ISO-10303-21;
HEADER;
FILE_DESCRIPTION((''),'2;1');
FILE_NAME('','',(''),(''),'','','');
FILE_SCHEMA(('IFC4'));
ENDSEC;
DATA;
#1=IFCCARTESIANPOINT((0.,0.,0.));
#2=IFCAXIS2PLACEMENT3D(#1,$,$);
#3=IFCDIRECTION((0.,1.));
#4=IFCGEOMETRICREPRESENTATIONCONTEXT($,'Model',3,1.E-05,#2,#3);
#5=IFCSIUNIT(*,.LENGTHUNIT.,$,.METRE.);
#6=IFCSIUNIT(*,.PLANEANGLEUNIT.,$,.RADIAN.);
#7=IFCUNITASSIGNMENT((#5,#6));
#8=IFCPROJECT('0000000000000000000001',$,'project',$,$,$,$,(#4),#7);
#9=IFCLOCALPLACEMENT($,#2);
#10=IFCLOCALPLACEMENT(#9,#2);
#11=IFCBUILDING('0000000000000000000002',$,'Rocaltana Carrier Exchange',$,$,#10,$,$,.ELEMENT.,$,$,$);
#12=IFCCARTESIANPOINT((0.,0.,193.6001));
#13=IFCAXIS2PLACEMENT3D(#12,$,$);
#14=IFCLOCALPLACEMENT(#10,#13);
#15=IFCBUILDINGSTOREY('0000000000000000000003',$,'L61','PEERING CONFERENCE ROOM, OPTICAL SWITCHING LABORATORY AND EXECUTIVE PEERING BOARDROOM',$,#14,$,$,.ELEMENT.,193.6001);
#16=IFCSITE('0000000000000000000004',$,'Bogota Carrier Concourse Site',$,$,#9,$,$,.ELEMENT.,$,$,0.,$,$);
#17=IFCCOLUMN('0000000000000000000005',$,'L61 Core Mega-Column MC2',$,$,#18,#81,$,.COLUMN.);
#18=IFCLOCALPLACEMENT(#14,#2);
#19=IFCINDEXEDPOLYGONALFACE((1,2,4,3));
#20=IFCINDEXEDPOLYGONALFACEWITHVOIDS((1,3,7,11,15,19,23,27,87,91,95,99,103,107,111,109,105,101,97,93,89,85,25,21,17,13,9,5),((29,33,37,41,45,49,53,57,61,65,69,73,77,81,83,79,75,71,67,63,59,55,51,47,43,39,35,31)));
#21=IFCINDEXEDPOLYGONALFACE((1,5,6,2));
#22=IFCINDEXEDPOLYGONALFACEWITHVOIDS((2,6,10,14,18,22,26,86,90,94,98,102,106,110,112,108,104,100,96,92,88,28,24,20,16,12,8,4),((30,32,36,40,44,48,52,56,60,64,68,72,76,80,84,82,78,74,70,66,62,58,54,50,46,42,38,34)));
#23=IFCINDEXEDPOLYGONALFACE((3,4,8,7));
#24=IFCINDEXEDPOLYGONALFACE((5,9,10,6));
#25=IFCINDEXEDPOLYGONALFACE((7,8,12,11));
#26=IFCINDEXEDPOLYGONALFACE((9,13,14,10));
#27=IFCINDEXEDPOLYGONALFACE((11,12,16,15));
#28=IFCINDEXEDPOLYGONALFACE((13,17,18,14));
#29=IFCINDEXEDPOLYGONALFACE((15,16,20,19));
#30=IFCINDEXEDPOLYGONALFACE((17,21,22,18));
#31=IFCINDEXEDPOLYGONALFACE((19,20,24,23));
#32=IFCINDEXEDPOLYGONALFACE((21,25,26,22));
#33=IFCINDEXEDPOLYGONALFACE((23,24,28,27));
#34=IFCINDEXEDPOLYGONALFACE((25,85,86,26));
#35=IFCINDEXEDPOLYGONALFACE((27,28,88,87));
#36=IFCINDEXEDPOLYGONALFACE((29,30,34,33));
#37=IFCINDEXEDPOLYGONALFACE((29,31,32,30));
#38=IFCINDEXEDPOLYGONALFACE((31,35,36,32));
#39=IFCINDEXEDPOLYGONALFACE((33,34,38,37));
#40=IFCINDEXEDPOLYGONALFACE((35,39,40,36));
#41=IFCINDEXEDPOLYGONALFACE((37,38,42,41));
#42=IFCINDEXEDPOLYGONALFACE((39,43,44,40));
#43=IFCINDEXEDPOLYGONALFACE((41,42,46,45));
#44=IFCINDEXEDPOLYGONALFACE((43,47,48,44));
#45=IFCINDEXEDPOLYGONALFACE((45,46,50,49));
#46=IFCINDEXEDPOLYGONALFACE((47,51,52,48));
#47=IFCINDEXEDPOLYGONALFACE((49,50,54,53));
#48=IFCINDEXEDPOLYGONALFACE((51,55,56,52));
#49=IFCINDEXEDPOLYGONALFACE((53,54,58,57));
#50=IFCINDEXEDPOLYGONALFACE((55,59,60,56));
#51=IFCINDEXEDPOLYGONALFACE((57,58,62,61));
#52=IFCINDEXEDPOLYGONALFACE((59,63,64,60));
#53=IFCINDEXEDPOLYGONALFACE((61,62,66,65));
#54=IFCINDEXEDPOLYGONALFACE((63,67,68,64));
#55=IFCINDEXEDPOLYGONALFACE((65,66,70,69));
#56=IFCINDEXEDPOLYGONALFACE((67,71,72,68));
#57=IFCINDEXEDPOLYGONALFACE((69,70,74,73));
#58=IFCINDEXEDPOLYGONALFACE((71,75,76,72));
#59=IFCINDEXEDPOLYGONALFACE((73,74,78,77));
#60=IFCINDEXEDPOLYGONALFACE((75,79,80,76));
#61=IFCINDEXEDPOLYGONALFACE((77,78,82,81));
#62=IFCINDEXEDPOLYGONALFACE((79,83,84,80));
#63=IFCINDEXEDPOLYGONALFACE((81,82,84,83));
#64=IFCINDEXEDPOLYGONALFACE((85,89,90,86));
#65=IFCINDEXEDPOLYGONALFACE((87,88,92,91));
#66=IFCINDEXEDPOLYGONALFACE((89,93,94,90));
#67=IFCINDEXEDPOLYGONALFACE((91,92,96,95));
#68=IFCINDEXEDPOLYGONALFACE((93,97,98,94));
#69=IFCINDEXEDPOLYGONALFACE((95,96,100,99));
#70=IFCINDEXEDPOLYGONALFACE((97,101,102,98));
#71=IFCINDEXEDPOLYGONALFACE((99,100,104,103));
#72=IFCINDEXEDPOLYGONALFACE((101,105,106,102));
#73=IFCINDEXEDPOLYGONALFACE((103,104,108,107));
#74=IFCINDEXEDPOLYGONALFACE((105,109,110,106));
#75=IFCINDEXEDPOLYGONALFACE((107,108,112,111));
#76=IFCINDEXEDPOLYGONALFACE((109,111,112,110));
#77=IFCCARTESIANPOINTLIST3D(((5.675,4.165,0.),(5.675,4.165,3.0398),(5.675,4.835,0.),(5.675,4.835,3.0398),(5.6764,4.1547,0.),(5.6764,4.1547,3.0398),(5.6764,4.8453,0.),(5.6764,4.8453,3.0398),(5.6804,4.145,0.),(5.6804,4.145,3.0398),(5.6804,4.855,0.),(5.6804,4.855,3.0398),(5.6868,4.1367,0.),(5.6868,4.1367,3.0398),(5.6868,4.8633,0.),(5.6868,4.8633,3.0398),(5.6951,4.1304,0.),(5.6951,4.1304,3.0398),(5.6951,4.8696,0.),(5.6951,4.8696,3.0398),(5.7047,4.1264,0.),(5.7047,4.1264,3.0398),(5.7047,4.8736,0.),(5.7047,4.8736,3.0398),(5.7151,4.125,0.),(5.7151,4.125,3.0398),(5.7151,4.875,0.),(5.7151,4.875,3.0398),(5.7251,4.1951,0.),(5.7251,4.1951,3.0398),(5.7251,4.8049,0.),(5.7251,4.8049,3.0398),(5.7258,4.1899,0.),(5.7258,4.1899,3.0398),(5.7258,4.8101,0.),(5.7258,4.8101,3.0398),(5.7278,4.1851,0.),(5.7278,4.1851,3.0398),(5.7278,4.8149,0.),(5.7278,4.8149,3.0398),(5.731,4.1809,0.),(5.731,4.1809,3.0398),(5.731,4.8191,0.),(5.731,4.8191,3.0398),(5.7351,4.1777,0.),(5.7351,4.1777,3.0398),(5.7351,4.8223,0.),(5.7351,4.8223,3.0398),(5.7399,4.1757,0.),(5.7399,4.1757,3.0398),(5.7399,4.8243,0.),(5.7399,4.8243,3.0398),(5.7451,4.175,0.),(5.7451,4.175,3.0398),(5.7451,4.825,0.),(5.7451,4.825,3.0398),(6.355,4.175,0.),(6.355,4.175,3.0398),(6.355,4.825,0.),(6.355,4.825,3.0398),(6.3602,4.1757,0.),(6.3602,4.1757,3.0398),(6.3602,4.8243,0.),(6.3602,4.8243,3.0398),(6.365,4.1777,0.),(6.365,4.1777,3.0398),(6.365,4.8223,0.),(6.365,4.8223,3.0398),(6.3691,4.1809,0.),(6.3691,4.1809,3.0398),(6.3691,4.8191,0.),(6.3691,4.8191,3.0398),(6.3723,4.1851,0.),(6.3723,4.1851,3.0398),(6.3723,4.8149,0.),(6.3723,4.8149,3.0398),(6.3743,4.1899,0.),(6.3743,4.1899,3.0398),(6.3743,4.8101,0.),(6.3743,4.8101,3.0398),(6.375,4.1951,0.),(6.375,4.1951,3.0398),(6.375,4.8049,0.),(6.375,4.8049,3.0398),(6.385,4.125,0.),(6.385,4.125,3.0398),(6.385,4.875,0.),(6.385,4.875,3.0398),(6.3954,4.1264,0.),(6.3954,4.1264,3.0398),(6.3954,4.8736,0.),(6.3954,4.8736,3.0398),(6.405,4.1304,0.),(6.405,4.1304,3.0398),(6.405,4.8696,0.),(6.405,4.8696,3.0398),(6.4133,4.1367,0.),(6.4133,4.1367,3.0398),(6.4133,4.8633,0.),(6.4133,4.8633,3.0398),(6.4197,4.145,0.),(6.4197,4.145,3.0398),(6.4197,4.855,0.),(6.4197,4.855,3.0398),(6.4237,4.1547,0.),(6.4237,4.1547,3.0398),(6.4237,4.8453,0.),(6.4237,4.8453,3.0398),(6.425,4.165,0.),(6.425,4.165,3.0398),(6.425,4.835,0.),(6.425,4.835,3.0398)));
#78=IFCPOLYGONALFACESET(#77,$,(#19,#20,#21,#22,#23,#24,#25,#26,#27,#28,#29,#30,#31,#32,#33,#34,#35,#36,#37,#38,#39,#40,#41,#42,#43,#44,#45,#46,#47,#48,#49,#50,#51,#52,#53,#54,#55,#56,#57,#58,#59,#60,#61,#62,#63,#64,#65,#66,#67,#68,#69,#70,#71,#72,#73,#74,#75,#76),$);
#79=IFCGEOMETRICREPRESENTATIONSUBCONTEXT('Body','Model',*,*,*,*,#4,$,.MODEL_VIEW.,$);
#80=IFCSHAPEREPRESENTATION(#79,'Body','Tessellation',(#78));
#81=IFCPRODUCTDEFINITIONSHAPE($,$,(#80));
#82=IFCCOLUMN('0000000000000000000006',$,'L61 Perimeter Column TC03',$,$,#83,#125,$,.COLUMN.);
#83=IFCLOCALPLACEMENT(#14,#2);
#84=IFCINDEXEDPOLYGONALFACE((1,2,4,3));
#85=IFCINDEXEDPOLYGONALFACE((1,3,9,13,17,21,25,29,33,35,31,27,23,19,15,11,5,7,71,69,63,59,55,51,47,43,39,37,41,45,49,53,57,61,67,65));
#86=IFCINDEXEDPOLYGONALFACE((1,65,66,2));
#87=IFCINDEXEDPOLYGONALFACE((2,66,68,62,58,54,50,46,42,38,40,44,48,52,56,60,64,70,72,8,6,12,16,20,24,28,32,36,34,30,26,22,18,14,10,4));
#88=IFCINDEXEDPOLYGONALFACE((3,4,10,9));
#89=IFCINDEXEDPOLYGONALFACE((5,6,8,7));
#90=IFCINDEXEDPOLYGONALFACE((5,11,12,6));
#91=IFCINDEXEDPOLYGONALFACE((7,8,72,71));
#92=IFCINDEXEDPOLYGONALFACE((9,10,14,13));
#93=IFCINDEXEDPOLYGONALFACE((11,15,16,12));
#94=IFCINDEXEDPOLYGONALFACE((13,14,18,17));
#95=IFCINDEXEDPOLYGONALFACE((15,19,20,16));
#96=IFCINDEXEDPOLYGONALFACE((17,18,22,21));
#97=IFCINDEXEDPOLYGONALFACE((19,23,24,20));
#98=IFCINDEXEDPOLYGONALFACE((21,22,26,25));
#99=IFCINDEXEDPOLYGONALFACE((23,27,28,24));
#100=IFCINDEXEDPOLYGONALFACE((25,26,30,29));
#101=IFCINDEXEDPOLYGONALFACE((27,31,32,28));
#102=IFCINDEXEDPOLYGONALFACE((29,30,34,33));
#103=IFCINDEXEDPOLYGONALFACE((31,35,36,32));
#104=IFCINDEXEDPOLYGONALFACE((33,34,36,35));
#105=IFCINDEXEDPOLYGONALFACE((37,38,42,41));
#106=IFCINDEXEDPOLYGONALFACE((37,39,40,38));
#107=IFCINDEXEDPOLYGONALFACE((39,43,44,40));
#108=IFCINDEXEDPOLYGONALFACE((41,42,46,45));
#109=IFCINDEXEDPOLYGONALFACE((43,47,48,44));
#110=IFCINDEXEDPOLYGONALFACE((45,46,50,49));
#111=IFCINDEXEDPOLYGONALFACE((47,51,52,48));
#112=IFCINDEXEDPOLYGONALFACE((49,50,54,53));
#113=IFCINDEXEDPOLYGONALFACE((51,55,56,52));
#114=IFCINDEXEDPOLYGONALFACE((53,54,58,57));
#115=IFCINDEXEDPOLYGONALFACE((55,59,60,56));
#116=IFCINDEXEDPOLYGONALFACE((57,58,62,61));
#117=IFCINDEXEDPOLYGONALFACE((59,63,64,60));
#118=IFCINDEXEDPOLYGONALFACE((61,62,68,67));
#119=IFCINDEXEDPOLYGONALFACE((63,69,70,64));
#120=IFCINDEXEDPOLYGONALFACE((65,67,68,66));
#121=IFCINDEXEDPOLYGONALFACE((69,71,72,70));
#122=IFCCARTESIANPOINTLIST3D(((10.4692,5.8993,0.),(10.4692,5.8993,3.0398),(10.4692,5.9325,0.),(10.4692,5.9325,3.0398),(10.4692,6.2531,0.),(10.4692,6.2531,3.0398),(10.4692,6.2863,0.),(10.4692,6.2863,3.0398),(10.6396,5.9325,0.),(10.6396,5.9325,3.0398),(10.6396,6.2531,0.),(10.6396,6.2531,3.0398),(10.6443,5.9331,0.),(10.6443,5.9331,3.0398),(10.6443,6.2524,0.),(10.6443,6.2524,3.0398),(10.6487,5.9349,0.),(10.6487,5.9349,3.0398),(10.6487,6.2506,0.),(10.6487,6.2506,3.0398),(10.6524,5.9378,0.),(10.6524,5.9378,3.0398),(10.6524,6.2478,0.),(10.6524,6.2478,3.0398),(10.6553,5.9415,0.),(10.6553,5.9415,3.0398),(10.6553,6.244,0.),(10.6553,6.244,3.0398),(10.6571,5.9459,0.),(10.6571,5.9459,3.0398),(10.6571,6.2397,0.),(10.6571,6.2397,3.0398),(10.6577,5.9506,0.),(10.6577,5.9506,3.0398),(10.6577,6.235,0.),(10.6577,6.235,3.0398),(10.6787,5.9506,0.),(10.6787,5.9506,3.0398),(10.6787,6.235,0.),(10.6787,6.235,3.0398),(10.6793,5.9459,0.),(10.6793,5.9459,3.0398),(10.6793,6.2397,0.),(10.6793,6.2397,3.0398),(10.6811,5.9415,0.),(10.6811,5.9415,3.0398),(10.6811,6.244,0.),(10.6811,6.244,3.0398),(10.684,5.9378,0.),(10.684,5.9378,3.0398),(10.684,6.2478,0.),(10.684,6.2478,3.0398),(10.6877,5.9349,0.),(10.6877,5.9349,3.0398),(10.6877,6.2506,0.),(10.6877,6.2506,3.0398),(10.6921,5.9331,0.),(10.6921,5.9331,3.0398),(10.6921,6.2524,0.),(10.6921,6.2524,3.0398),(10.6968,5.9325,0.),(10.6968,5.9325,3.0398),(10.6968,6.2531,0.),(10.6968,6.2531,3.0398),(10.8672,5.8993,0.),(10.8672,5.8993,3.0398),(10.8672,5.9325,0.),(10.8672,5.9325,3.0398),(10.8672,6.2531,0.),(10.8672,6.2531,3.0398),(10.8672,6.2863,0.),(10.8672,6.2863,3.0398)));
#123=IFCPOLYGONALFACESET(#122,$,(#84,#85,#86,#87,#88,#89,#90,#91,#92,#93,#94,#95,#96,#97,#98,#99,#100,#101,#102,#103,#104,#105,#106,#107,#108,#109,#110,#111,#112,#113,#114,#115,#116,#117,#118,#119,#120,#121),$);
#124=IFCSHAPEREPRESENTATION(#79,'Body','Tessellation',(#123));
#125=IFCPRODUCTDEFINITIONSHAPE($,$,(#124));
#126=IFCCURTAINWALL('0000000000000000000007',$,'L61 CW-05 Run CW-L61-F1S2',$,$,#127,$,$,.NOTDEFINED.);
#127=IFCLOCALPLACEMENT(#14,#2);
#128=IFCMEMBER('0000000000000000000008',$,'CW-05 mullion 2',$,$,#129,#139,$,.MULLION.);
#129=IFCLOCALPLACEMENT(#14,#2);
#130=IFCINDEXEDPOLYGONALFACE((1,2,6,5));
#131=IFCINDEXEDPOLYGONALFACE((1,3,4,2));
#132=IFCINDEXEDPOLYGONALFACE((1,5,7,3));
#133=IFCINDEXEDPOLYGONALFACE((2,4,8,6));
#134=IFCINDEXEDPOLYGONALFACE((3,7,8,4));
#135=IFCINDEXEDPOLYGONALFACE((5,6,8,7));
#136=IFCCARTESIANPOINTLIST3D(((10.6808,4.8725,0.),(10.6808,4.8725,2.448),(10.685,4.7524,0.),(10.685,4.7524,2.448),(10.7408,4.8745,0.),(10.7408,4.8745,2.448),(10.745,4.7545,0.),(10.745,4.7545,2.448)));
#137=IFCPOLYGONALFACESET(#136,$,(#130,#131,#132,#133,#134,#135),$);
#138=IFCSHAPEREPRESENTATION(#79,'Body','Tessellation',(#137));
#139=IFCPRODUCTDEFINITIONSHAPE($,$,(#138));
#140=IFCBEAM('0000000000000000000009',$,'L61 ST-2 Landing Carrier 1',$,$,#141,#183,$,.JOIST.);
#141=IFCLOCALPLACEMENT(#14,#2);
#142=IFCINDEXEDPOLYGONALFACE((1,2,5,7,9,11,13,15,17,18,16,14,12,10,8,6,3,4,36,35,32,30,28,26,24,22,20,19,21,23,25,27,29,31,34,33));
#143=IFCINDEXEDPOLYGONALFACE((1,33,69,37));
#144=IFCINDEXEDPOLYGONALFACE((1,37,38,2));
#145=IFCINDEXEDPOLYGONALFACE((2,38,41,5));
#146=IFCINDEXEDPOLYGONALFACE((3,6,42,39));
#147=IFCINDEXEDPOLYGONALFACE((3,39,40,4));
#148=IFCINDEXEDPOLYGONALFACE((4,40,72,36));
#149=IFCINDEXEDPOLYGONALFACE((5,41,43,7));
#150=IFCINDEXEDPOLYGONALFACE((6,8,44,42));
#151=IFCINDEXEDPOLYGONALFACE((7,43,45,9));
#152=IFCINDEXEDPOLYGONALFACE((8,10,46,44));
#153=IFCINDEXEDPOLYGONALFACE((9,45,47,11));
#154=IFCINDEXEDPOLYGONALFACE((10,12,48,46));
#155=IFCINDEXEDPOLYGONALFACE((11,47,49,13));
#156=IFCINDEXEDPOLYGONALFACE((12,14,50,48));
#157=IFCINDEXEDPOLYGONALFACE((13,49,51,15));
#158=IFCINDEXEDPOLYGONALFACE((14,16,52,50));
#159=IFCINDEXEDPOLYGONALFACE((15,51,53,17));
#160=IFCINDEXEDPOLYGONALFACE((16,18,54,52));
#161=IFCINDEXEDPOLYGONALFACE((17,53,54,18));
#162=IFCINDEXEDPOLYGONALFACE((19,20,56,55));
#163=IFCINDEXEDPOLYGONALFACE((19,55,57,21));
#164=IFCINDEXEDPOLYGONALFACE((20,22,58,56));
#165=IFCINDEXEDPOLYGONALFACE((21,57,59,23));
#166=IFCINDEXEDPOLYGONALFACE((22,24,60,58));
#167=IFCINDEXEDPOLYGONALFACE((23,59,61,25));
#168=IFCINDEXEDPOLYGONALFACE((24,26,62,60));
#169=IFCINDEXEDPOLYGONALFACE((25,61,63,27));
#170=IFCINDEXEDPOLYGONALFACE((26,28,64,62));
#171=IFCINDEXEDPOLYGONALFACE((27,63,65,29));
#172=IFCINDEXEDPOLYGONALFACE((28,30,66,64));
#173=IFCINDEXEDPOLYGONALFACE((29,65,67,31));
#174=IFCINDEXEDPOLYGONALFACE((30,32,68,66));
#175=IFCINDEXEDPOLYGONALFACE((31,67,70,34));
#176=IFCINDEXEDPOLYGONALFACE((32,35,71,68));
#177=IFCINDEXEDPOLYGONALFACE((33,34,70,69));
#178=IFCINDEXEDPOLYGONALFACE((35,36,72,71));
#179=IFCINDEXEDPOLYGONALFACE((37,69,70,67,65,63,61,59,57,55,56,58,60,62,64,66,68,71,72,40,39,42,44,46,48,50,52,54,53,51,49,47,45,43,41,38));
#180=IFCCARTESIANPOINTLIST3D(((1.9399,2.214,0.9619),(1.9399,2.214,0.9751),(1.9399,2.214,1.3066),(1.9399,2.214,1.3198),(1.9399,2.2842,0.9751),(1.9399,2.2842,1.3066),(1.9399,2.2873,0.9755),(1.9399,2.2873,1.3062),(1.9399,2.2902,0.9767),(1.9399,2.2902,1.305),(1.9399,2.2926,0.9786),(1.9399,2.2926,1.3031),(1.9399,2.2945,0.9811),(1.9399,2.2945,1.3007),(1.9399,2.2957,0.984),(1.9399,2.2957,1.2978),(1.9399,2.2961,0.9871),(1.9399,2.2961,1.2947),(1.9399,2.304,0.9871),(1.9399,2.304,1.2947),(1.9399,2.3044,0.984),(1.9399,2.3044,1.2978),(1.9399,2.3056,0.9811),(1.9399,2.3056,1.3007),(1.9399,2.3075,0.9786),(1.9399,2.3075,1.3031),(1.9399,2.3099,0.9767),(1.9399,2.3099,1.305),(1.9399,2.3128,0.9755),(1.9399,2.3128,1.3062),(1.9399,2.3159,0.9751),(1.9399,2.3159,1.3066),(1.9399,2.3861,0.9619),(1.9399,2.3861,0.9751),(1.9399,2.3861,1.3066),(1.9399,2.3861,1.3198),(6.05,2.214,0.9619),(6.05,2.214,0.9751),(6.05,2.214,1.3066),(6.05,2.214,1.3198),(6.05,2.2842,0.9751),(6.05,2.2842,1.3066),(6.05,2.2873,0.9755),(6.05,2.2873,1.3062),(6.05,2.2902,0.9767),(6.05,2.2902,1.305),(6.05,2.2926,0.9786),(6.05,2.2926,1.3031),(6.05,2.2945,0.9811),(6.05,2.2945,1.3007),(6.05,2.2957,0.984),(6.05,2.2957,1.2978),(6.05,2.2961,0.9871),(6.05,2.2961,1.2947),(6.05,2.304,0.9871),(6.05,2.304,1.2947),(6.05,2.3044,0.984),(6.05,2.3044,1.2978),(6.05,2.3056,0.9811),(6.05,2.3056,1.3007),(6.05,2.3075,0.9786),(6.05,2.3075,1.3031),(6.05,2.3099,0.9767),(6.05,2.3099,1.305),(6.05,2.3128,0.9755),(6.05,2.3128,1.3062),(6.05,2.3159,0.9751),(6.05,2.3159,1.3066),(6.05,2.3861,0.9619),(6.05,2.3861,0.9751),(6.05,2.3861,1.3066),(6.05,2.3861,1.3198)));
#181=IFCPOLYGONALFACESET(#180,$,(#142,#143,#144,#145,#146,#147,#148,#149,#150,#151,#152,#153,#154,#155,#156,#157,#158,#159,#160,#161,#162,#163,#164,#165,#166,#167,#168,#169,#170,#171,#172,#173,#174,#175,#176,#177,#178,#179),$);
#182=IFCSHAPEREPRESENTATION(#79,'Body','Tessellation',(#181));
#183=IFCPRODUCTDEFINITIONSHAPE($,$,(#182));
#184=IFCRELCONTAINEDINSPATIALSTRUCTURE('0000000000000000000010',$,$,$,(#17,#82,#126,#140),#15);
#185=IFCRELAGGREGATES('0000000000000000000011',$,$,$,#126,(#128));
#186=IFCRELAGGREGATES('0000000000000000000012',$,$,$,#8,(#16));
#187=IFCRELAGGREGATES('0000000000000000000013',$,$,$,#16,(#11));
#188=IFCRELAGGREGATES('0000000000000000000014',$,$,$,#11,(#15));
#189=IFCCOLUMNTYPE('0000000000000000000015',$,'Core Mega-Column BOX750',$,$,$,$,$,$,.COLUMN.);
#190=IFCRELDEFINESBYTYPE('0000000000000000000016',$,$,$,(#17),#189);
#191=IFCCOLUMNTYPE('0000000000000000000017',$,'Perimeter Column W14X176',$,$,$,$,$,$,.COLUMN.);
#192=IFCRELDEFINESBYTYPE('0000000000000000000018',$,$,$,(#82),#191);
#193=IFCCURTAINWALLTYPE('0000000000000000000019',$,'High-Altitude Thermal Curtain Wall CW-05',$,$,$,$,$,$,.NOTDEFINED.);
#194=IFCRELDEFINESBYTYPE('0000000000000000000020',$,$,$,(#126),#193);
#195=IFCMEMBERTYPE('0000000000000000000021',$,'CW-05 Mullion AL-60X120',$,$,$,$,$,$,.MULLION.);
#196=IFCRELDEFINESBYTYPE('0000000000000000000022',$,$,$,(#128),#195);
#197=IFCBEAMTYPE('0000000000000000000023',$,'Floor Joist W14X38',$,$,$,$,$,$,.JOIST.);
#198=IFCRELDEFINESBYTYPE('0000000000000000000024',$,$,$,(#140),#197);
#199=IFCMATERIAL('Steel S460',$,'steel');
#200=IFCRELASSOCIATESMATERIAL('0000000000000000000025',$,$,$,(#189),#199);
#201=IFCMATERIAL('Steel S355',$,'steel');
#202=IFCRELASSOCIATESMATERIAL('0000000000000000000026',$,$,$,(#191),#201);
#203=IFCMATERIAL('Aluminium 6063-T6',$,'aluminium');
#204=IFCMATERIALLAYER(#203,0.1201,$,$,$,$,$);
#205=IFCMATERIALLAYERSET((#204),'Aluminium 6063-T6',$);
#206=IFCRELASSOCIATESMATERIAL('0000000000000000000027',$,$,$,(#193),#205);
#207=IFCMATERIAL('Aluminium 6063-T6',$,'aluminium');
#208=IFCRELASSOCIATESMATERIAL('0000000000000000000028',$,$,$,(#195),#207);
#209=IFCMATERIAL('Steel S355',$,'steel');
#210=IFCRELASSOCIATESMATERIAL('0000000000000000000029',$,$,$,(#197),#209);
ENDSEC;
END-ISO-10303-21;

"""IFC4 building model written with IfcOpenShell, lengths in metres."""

from ifc_helpers import new_model, si_unit, direction, frame, origin, origin_2d, place, context, subcontext, project, spatial, rectangle, hollow_rectangle, i_section, extrude, material, layer, layer_set, material_profile, profile_set, type_object, element, aggregate, save


model = new_model("IFC4")

# Units and contexts
model_context = context("Model", 3, precision=1e-05, world=origin(), true_north=direction((0.0, 1.0)))
body_context = subcontext(model_context, "Body", "Model", "MODEL_VIEW")
ifc_project = project(units=[si_unit("LENGTHUNIT", "METRE"), si_unit("PLANEANGLEUNIT", "RADIAN")], contexts=[model_context])

# Site, building, storey
site_placement = place(None, origin())
site = spatial("IfcSite", under=ifc_project, at=site_placement, Name="Bogota Carrier Concourse Site", CompositionType="ELEMENT", RefElevation=0.0)
building_placement = place(site_placement, origin())
building = spatial("IfcBuilding", under=site, at=building_placement, Name="Rocaltana Carrier Exchange", CompositionType="ELEMENT")
storey_placement = place(building_placement, frame((0.0, 0.0, 193.6001)))
storey = spatial("IfcBuildingStorey", under=building, at=storey_placement, Name="L61", Description="PEERING CONFERENCE ROOM, OPTICAL SWITCHING LABORATORY AND EXECUTIVE PEERING BOARDROOM", CompositionType="ELEMENT", Elevation=193.6001)

# Columns
ifc_material_1 = material(Name="Steel S460", Category="steel")
ifc_material_profile_1 = material_profile(ifc_material_1, hollow_rectangle(XDim=0.75, YDim=0.75, WallThickness=0.05, InnerFilletRadius=0.02, OuterFilletRadius=0.04, at=origin_2d()), Name="BOX750X750X50")
ifc_profile_set_1 = profile_set([ifc_material_profile_1], Name="Steel S460")
column_type_1 = type_object("IfcColumnType", Name="Core Mega-Column BOX750", PredefinedType="COLUMN", material=ifc_profile_set_1)
column_1_placement = place(storey_placement, frame((6.05, 4.5, 0.0), z_axis=(0.0, 0.0, 1.0), x_axis=(1.0, 0.0, 0.0)))
element("IfcColumn", 1, at=column_1_placement, inside=storey, type_object=column_type_1, Name="L61 Core Mega-Column MC2", PredefinedType="COLUMN", context=body_context, shape_type="SweptSolid", body=[
    extrude(hollow_rectangle(XDim=0.75, YDim=0.75, WallThickness=0.05, InnerFilletRadius=0.02, OuterFilletRadius=0.04, at=origin_2d()), origin(), (0.0, 0.0, 1.0), 3.0398),
])
ifc_material_2 = material(Name="Steel S355", Category="steel")
ifc_material_profile_2 = material_profile(ifc_material_2, i_section(OverallWidth=0.3979, OverallDepth=0.387, WebThickness=0.021, FlangeThickness=0.0332, FilletRadius=0.0181, at=origin_2d()), Name="W14X176")
ifc_profile_set_2 = profile_set([ifc_material_profile_2], Name="Steel S355")
column_type_2 = type_object("IfcColumnType", Name="Perimeter Column W14X176", PredefinedType="COLUMN", material=ifc_profile_set_2)
column_2_placement = place(storey_placement, frame((10.6682, 6.0928, 0.0), z_axis=(0.0, 0.0, 1.0), x_axis=(1.0, 0.0, 0.0)))
element("IfcColumn", 2, at=column_2_placement, inside=storey, type_object=column_type_2, Name="L61 Perimeter Column TC03", PredefinedType="COLUMN", context=body_context, shape_type="SweptSolid", body=[
    extrude(i_section(OverallWidth=0.3979, OverallDepth=0.387, WebThickness=0.021, FlangeThickness=0.0332, FilletRadius=0.0181, at=origin_2d()), origin(), (0.0, 0.0, 1.0), 3.0398),
])

# Curtain wall, member
ifc_material_3 = material(Name="Aluminium 6063-T6", Category="aluminium")
ifc_layer_1 = layer(ifc_material_3, 0.1201)
ifc_layer_set_1 = layer_set([ifc_layer_1], Name="Aluminium 6063-T6")
curtain_wall_type = type_object("IfcCurtainWallType", Name="High-Altitude Thermal Curtain Wall CW-05", PredefinedType="NOTDEFINED", material=ifc_layer_set_1)
curtain_wall_placement = place(storey_placement, origin())
curtain_wall = element("IfcCurtainWall", 3, at=curtain_wall_placement, inside=storey, type_object=curtain_wall_type, Name="L61 CW-05 Run CW-L61-F1S2", PredefinedType="NOTDEFINED")
ifc_material_4 = material(Name="Aluminium 6063-T6", Category="aluminium")
ifc_material_profile_3 = material_profile(ifc_material_4, rectangle(XDim=0.0601, YDim=0.1201, at=origin_2d()), Name="AL-60X120")
ifc_profile_set_3 = profile_set([ifc_material_profile_3], Name="Aluminium 6063-T6")
member_type = type_object("IfcMemberType", Name="CW-05 Mullion AL-60X120", PredefinedType="MULLION", material=ifc_profile_set_3)
member_placement = place(storey_placement, frame((10.7129, 4.8135, 0.0), z_axis=(0.0, 0.0, 1.0), x_axis=(-0.999391, -0.034903, 0.0)))
member = element("IfcMember", 4, at=member_placement, type_object=member_type, Name="CW-05 mullion 2", PredefinedType="MULLION", context=body_context, shape_type="SweptSolid", body=[
    extrude(rectangle(XDim=0.0601, YDim=0.1201, at=origin_2d()), origin(), (0.0, 0.0, 1.0), 2.448),
])

# Beam
ifc_material_5 = material(Name="Steel S355", Category="steel")
ifc_material_profile_4 = material_profile(ifc_material_5, i_section(OverallWidth=0.1721, OverallDepth=0.3579, WebThickness=0.0078, FlangeThickness=0.0132, FilletRadius=0.012, at=origin_2d()), Name="W14X38")
ifc_profile_set_4 = profile_set([ifc_material_profile_4], Name="Steel S355")
beam_type_1 = type_object("IfcBeamType", Name="Floor Joist W14X38", PredefinedType="JOIST", material=ifc_profile_set_4)
for number, where, z_axis, x_axis, name in (
    (5, (1.9399, 2.3, 1.1409), (1.0, 0.0, 0.0), (0.0, 1.0, 0.0), "L61 ST-2 Landing Carrier 1"),
):
    element("IfcBeam", number, at=place(storey_placement, frame(where, z_axis=z_axis, x_axis=x_axis)), inside=storey, type_object=beam_type_1, Name=name, PredefinedType="JOIST", context=body_context, shape_type="SweptSolid", body=[
        extrude(i_section(OverallWidth=0.1721, OverallDepth=0.3579, WebThickness=0.0078, FlangeThickness=0.0132, FilletRadius=0.012, at=origin_2d()), origin(), (0.0, 0.0, 1.0), 4.1101),
    ])

aggregate(curtain_wall, [member])

save(model, "model.ifc")
